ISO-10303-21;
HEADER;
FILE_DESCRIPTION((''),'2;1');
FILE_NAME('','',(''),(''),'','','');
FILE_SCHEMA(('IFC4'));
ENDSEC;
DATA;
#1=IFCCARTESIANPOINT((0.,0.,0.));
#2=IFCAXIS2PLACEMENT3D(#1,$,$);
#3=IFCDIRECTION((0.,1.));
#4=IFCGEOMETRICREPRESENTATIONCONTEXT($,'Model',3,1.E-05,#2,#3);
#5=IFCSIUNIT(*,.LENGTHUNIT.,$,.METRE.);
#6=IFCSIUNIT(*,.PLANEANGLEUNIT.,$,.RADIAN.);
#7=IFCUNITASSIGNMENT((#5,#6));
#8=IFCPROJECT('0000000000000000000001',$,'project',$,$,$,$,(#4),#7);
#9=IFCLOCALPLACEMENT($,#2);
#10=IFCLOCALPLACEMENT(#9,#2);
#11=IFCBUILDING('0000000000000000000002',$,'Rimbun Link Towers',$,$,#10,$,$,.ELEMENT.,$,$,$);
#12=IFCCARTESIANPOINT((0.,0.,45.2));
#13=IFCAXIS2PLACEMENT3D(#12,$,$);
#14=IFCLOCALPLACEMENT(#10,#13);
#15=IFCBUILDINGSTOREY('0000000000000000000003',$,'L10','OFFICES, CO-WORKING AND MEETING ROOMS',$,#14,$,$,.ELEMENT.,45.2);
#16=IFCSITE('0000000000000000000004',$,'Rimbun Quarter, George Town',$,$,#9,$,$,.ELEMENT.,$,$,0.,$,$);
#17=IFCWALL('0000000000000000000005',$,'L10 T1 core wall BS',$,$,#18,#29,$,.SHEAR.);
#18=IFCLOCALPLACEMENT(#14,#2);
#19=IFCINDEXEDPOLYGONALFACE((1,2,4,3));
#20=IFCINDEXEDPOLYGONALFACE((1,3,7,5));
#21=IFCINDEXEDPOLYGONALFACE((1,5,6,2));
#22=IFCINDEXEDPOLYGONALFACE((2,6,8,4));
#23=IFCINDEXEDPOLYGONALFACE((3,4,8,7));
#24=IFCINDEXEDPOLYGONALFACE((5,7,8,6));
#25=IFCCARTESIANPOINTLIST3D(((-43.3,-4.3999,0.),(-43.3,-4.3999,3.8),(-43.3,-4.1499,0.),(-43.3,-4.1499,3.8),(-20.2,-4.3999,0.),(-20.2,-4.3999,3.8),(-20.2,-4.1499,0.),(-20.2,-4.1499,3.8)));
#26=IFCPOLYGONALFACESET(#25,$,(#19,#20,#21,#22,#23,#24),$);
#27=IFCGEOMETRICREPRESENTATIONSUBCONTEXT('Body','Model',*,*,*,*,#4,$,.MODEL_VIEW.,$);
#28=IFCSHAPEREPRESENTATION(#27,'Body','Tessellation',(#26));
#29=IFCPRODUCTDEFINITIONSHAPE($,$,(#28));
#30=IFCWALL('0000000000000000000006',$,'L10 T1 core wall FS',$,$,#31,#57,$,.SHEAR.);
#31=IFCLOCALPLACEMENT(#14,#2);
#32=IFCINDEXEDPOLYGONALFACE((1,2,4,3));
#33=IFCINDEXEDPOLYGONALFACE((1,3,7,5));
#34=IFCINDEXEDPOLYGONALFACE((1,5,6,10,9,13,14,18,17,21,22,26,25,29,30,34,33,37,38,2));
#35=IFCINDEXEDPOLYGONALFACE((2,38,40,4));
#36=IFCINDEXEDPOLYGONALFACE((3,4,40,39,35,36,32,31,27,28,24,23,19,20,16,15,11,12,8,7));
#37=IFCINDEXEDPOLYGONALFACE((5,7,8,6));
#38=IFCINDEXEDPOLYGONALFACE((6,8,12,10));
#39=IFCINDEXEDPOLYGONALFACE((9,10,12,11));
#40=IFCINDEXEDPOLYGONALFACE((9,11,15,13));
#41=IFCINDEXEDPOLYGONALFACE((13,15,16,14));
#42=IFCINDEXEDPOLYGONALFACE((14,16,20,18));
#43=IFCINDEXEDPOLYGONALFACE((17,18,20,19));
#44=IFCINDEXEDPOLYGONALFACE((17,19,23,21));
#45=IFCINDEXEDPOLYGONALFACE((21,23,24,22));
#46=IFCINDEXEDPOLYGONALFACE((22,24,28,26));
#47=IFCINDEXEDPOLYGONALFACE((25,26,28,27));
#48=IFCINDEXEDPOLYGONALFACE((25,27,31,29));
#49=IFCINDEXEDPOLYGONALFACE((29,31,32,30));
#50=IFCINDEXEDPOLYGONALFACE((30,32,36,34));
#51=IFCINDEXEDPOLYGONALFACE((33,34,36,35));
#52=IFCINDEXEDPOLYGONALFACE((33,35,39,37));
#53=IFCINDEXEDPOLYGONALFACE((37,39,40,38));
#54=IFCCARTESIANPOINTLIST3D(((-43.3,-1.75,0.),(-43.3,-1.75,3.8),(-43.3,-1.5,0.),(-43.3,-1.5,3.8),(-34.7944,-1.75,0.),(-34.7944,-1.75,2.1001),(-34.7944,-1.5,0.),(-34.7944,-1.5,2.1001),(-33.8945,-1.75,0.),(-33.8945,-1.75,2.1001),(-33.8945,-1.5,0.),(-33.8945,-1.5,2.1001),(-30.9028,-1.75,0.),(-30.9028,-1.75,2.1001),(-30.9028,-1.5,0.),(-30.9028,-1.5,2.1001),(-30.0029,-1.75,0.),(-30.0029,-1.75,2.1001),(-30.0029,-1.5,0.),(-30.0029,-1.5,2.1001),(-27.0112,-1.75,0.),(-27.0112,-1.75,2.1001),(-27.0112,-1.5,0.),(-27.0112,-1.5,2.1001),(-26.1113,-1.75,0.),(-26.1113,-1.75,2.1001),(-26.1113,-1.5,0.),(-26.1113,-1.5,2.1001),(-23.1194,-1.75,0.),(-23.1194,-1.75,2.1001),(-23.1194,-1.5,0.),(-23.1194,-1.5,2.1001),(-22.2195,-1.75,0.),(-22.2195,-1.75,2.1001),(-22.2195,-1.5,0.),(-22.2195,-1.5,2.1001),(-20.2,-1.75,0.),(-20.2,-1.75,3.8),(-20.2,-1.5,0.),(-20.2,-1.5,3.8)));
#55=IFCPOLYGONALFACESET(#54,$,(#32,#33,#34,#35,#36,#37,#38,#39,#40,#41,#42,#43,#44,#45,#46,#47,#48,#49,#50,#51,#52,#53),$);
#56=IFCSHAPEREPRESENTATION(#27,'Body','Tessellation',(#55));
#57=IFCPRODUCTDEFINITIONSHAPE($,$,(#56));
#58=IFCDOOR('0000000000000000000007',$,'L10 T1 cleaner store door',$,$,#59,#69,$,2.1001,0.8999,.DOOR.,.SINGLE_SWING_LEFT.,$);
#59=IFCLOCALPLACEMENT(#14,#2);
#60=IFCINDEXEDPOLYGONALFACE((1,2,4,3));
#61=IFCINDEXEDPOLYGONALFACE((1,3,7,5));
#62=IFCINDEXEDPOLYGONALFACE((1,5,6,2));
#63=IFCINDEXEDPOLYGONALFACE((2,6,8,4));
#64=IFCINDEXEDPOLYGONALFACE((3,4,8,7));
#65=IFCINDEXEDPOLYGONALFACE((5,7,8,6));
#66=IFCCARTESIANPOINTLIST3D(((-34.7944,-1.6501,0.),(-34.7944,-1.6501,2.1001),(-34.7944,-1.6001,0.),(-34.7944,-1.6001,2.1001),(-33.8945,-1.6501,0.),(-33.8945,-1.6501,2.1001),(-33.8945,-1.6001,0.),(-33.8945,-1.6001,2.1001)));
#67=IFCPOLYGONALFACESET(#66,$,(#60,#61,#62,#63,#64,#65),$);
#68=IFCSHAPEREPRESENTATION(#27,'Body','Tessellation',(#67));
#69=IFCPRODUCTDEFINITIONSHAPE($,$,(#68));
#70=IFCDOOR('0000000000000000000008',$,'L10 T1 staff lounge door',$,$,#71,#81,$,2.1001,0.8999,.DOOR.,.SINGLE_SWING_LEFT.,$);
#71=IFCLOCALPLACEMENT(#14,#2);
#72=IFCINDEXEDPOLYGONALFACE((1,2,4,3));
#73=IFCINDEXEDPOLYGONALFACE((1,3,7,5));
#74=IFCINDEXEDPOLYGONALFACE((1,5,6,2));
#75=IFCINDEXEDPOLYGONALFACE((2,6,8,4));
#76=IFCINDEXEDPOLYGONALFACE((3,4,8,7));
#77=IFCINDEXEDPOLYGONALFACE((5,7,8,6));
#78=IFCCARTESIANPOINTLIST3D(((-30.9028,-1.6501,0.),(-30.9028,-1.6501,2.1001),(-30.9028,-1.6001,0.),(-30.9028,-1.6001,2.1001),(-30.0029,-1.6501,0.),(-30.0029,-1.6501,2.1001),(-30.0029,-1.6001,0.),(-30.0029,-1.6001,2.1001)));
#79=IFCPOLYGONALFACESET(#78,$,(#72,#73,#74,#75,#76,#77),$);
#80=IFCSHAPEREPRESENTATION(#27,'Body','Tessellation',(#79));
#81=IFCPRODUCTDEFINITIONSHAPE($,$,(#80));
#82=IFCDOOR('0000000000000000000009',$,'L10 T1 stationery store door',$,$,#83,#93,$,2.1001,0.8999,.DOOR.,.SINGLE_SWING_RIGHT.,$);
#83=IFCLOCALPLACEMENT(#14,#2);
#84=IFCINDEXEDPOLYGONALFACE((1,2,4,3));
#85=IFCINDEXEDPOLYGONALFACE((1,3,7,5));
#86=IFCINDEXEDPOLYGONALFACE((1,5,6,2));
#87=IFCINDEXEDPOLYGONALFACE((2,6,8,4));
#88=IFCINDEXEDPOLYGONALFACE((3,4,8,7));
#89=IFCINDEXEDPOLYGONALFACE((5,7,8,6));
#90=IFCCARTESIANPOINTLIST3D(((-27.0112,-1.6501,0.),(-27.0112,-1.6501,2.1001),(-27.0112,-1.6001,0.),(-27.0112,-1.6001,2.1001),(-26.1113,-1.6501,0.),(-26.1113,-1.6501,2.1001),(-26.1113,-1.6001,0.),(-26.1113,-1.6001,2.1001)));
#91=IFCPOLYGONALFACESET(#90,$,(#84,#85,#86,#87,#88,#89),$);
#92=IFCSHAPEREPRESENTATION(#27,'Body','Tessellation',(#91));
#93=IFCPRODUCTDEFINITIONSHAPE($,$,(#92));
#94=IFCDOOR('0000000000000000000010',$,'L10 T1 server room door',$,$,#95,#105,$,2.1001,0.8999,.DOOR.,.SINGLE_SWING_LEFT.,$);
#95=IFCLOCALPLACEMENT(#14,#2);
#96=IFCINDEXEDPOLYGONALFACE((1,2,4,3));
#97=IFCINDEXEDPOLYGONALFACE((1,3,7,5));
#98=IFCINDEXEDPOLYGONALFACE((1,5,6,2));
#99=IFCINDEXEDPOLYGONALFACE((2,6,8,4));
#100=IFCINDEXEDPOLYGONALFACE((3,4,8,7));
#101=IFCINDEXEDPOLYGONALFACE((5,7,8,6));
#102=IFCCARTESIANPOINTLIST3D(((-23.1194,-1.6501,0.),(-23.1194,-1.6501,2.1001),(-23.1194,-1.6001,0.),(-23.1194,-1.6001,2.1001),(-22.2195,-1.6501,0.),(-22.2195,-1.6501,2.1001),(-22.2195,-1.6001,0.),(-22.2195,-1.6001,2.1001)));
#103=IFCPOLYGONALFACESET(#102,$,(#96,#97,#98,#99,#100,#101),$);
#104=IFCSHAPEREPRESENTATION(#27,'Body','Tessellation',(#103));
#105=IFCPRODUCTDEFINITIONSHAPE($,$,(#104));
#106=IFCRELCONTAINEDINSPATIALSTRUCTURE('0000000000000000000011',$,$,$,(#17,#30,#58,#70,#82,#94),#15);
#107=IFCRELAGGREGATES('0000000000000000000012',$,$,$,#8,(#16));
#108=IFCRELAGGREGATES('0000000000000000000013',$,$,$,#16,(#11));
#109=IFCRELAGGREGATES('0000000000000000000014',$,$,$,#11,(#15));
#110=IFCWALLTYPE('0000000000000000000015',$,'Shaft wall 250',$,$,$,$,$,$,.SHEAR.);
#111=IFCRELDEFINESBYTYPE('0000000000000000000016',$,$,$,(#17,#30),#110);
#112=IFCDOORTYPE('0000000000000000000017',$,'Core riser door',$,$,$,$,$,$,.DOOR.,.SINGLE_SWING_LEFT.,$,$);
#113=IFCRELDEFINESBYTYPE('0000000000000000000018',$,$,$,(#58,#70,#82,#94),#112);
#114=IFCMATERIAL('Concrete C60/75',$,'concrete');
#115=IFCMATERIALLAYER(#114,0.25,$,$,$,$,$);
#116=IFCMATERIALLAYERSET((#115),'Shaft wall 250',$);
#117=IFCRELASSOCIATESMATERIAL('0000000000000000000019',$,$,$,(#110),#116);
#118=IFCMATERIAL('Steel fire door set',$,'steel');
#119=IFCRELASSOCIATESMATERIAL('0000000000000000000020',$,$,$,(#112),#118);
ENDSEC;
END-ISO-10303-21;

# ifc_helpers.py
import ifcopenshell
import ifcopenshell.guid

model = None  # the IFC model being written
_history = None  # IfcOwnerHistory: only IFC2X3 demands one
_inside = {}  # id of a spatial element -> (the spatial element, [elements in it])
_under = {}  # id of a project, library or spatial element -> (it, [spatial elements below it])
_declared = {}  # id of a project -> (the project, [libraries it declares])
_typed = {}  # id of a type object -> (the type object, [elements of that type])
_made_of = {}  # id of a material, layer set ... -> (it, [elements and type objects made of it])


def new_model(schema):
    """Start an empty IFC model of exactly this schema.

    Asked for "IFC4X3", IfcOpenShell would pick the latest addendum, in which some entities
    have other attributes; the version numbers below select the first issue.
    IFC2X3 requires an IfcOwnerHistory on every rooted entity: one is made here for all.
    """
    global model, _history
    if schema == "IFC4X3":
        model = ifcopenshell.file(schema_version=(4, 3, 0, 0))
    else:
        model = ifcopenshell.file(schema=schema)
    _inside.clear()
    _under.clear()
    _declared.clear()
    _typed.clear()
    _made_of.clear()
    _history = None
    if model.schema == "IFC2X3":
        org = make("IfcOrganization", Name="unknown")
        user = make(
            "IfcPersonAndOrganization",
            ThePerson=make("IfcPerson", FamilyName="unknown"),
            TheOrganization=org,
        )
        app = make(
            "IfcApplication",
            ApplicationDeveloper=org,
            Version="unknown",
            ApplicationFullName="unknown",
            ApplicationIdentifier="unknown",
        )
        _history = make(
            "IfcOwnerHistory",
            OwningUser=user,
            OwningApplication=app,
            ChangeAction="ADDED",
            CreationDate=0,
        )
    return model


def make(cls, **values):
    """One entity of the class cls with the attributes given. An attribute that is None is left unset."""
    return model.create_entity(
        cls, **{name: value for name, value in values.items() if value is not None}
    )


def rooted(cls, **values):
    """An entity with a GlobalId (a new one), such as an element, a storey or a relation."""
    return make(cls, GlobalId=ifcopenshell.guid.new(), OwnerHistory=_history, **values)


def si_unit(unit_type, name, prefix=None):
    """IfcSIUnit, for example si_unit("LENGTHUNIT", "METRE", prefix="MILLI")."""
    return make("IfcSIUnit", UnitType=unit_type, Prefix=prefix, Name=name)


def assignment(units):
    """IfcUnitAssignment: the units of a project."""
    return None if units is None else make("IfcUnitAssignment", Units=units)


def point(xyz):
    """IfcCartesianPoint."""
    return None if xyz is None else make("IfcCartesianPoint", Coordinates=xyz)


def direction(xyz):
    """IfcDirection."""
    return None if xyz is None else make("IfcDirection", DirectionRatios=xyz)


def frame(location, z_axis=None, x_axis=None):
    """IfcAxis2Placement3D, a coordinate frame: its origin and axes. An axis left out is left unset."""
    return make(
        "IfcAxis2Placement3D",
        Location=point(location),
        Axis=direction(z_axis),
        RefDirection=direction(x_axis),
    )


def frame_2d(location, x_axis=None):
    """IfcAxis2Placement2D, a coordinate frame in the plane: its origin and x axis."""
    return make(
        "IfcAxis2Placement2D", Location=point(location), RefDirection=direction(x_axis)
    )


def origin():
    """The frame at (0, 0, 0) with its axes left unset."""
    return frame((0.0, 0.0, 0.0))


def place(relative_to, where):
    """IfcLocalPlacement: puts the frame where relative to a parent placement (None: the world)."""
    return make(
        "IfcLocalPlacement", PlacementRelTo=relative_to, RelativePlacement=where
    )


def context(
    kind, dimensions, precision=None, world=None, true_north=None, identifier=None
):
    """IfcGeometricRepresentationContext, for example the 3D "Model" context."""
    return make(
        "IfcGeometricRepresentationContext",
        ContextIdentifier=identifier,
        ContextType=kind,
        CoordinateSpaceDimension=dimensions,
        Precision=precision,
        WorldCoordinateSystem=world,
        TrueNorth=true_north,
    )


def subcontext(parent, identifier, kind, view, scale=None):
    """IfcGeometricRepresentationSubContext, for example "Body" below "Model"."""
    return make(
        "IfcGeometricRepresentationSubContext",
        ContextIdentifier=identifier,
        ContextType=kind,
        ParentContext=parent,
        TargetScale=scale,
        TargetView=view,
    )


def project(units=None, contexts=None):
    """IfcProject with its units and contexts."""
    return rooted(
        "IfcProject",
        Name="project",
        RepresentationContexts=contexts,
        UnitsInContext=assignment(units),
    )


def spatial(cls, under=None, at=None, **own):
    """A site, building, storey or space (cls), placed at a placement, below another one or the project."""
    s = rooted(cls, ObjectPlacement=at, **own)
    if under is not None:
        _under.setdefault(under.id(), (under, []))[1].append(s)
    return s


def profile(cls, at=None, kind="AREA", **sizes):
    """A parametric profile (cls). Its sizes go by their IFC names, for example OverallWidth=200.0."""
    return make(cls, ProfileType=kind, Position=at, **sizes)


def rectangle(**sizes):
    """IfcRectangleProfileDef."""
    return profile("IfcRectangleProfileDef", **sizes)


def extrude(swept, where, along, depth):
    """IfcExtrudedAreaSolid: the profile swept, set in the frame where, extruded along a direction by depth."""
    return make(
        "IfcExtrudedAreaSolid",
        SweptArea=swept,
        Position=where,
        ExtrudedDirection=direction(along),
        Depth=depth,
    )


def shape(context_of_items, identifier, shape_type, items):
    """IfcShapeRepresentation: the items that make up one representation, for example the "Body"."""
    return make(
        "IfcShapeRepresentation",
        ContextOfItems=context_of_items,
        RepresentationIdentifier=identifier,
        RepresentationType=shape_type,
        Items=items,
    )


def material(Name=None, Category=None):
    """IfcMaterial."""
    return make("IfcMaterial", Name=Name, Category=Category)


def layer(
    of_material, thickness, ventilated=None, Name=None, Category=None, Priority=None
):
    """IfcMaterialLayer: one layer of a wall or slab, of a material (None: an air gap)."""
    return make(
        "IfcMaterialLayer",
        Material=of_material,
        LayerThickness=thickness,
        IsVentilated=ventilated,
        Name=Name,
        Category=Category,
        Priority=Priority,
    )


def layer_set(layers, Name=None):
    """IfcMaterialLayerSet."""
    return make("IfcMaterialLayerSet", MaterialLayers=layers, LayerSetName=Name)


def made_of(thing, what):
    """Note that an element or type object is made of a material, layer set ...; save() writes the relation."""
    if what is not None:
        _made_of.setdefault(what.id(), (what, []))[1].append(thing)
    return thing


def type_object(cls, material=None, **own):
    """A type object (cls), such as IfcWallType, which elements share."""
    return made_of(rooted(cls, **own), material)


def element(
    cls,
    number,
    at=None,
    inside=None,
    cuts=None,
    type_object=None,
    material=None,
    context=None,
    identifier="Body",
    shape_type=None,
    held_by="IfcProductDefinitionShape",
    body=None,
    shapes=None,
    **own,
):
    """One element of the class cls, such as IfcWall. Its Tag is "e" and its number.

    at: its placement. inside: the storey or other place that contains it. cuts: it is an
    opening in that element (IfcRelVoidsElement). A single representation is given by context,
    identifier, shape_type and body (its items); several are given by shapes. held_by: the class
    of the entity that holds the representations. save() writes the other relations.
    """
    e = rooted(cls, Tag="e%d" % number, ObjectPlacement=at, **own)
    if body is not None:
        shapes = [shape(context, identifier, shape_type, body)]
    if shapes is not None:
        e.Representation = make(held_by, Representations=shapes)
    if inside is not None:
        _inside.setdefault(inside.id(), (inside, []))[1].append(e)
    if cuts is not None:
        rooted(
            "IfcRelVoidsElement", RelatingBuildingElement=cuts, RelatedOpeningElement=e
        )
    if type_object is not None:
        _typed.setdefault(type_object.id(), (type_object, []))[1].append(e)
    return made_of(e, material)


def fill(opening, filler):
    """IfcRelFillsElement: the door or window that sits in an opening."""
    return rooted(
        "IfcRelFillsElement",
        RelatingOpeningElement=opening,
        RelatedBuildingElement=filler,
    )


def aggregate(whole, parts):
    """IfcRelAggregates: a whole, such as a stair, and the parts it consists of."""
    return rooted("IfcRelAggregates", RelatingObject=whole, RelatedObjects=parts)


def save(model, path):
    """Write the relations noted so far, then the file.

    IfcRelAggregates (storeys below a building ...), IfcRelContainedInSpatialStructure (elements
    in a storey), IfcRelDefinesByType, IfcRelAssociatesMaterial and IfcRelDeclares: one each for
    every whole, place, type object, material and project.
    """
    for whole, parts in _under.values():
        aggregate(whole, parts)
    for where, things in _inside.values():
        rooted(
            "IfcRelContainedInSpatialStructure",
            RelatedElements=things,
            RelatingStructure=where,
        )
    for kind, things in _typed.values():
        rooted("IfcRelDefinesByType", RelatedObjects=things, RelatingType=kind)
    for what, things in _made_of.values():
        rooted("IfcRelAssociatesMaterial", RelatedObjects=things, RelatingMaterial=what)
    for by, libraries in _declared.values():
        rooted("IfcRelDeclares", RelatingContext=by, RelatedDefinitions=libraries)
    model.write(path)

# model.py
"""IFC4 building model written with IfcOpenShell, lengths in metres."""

from ifc_helpers import new_model, si_unit, direction, frame, frame_2d, origin, place, context, subcontext, project, spatial, rectangle, extrude, material, layer, layer_set, type_object, element, fill, save


model = new_model("IFC4")

# Units and contexts
model_context = context("Model", 3, precision=1e-05, world=origin(), true_north=direction((0.0, 1.0)))
body_context = subcontext(model_context, "Body", "Model", "MODEL_VIEW")
ifc_project = project(units=[si_unit("LENGTHUNIT", "METRE"), si_unit("PLANEANGLEUNIT", "RADIAN")], contexts=[model_context])

# Site, building, storey
site_placement = place(None, origin())
site = spatial("IfcSite", under=ifc_project, at=site_placement, Name="Rimbun Quarter, George Town", CompositionType="ELEMENT", RefElevation=0.0)
building_placement = place(site_placement, origin())
building = spatial("IfcBuilding", under=site, at=building_placement, Name="Rimbun Link Towers", CompositionType="ELEMENT")
storey_placement = place(building_placement, frame((0.0, 0.0, 45.2)))
storey = spatial("IfcBuildingStorey", under=building, at=storey_placement, Name="L10", Description="OFFICES, CO-WORKING AND MEETING ROOMS", CompositionType="ELEMENT", Elevation=45.2)

# Wall
ifc_material_1 = material(Name="Concrete C60/75", Category="concrete")
ifc_layer_1 = layer(ifc_material_1, 0.25)
ifc_layer_set_1 = layer_set([ifc_layer_1], Name="Shaft wall 250")
wall_type_1 = type_object("IfcWallType", Name="Shaft wall 250", PredefinedType="SHEAR", material=ifc_layer_set_1)
wall_1_placement = place(storey_placement, frame((-43.3, -4.2749, 0.0), z_axis=(0.0, 0.0, 1.0), x_axis=(1.0, 0.0, 0.0)))
element("IfcWall", 1, at=wall_1_placement, inside=storey, type_object=wall_type_1, Name="L10 T1 core wall BS", PredefinedType="SHEAR", context=body_context, shape_type="SweptSolid", body=[
    extrude(rectangle(XDim=23.1001, YDim=0.25, at=frame_2d((11.55, 0.0))), origin(), (0.0, 0.0, 1.0), 3.8),
])

# Wall, openings, doors
wall_2_placement = place(storey_placement, frame((-43.3, -1.625, 0.0), z_axis=(0.0, 0.0, 1.0), x_axis=(1.0, 0.0, 0.0)))
wall_2 = element("IfcWall", 2, at=wall_2_placement, inside=storey, type_object=wall_type_1, Name="L10 T1 core wall FS", PredefinedType="SHEAR", context=body_context, shape_type="SweptSolid", body=[
    extrude(rectangle(XDim=23.1001, YDim=0.25, at=frame_2d((11.55, 0.0))), origin(), (0.0, 0.0, 1.0), 3.8),
])
opening_1_placement = place(wall_2_placement, frame((8.5056, 0.0, 0.0)))
opening_1 = element("IfcOpeningElement", 3, at=opening_1_placement, cuts=wall_2, PredefinedType="OPENING", context=body_context, shape_type="SweptSolid", body=[
    extrude(rectangle(XDim=0.8999, YDim=2.1001, at=frame_2d((0.45, 1.05))), frame((0.0, 0.135, 0.0), z_axis=(0.0, -1.0, 0.0), x_axis=(1.0, 0.0, 0.0)), (0.0, 0.0, 1.0), 0.27),
])
opening_2_placement = place(wall_2_placement, frame((12.3972, 0.0, 0.0)))
opening_2 = element("IfcOpeningElement", 4, at=opening_2_placement, cuts=wall_2, PredefinedType="OPENING", context=body_context, shape_type="SweptSolid", body=[
    extrude(rectangle(XDim=0.8999, YDim=2.1001, at=frame_2d((0.45, 1.05))), frame((0.0, 0.135, 0.0), z_axis=(0.0, -1.0, 0.0), x_axis=(1.0, 0.0, 0.0)), (0.0, 0.0, 1.0), 0.27),
])
opening_3_placement = place(wall_2_placement, frame((16.2888, 0.0, 0.0)))
opening_3 = element("IfcOpeningElement", 5, at=opening_3_placement, cuts=wall_2, PredefinedType="OPENING", context=body_context, shape_type="SweptSolid", body=[
    extrude(rectangle(XDim=0.8999, YDim=2.1001, at=frame_2d((0.45, 1.05))), frame((0.0, 0.135, 0.0), z_axis=(0.0, -1.0, 0.0), x_axis=(1.0, 0.0, 0.0)), (0.0, 0.0, 1.0), 0.27),
])
opening_4_placement = place(wall_2_placement, frame((20.1807, 0.0, 0.0)))
opening_4 = element("IfcOpeningElement", 6, at=opening_4_placement, cuts=wall_2, PredefinedType="OPENING", context=body_context, shape_type="SweptSolid", body=[
    extrude(rectangle(XDim=0.8999, YDim=2.1001, at=frame_2d((0.45, 1.05))), frame((0.0, 0.135, 0.0), z_axis=(0.0, -1.0, 0.0), x_axis=(1.0, 0.0, 0.0)), (0.0, 0.0, 1.0), 0.27),
])
ifc_material_2 = material(Name="Steel fire door set", Category="steel")
door_type_1 = type_object("IfcDoorType", Name="Core riser door", OperationType="SINGLE_SWING_LEFT", PredefinedType="DOOR", material=ifc_material_2)
door_1_placement = place(opening_1_placement, origin())
door_1 = element("IfcDoor", 7, at=door_1_placement, inside=storey, type_object=door_type_1, Name="L10 T1 cleaner store door", OperationType="SINGLE_SWING_LEFT", OverallHeight=2.1001, OverallWidth=0.8999, PredefinedType="DOOR", context=body_context, shape_type="SweptSolid", body=[
    extrude(rectangle(XDim=0.8999, YDim=2.1001, at=frame_2d((0.45, 1.05))), frame((0.0, 0.0249, 0.0), z_axis=(0.0, -1.0, 0.0), x_axis=(1.0, 0.0, 0.0)), (0.0, 0.0, 1.0), 0.05),
])
fill(opening_1, door_1)
door_2_placement = place(opening_2_placement, origin())
door_2 = element("IfcDoor", 8, at=door_2_placement, inside=storey, type_object=door_type_1, Name="L10 T1 staff lounge door", OperationType="SINGLE_SWING_LEFT", OverallHeight=2.1001, OverallWidth=0.8999, PredefinedType="DOOR", context=body_context, shape_type="SweptSolid", body=[
    extrude(rectangle(XDim=0.8999, YDim=2.1001, at=frame_2d((0.45, 1.05))), frame((0.0, 0.0249, 0.0), z_axis=(0.0, -1.0, 0.0), x_axis=(1.0, 0.0, 0.0)), (0.0, 0.0, 1.0), 0.05),
])
fill(opening_2, door_2)
door_3_placement = place(opening_3_placement, origin())
door_3 = element("IfcDoor", 9, at=door_3_placement, inside=storey, type_object=door_type_1, Name="L10 T1 stationery store door", OperationType="SINGLE_SWING_RIGHT", OverallHeight=2.1001, OverallWidth=0.8999, PredefinedType="DOOR", context=body_context, shape_type="SweptSolid", body=[
    extrude(rectangle(XDim=0.8999, YDim=2.1001, at=frame_2d((0.45, 1.05))), frame((0.0, 0.0249, 0.0), z_axis=(0.0, -1.0, 0.0), x_axis=(1.0, 0.0, 0.0)), (0.0, 0.0, 1.0), 0.05),
])
fill(opening_3, door_3)
door_4_placement = place(opening_4_placement, origin())
door_4 = element("IfcDoor", 10, at=door_4_placement, inside=storey, type_object=door_type_1, Name="L10 T1 server room door", OperationType="SINGLE_SWING_LEFT", OverallHeight=2.1001, OverallWidth=0.8999, PredefinedType="DOOR", context=body_context, shape_type="SweptSolid", body=[
    extrude(rectangle(XDim=0.8999, YDim=2.1001, at=frame_2d((0.45, 1.05))), frame((0.0, 0.0249, 0.0), z_axis=(0.0, -1.0, 0.0), x_axis=(1.0, 0.0, 0.0)), (0.0, 0.0, 1.0), 0.05),
])
fill(opening_4, door_4)

save(model, "model.ifc")
